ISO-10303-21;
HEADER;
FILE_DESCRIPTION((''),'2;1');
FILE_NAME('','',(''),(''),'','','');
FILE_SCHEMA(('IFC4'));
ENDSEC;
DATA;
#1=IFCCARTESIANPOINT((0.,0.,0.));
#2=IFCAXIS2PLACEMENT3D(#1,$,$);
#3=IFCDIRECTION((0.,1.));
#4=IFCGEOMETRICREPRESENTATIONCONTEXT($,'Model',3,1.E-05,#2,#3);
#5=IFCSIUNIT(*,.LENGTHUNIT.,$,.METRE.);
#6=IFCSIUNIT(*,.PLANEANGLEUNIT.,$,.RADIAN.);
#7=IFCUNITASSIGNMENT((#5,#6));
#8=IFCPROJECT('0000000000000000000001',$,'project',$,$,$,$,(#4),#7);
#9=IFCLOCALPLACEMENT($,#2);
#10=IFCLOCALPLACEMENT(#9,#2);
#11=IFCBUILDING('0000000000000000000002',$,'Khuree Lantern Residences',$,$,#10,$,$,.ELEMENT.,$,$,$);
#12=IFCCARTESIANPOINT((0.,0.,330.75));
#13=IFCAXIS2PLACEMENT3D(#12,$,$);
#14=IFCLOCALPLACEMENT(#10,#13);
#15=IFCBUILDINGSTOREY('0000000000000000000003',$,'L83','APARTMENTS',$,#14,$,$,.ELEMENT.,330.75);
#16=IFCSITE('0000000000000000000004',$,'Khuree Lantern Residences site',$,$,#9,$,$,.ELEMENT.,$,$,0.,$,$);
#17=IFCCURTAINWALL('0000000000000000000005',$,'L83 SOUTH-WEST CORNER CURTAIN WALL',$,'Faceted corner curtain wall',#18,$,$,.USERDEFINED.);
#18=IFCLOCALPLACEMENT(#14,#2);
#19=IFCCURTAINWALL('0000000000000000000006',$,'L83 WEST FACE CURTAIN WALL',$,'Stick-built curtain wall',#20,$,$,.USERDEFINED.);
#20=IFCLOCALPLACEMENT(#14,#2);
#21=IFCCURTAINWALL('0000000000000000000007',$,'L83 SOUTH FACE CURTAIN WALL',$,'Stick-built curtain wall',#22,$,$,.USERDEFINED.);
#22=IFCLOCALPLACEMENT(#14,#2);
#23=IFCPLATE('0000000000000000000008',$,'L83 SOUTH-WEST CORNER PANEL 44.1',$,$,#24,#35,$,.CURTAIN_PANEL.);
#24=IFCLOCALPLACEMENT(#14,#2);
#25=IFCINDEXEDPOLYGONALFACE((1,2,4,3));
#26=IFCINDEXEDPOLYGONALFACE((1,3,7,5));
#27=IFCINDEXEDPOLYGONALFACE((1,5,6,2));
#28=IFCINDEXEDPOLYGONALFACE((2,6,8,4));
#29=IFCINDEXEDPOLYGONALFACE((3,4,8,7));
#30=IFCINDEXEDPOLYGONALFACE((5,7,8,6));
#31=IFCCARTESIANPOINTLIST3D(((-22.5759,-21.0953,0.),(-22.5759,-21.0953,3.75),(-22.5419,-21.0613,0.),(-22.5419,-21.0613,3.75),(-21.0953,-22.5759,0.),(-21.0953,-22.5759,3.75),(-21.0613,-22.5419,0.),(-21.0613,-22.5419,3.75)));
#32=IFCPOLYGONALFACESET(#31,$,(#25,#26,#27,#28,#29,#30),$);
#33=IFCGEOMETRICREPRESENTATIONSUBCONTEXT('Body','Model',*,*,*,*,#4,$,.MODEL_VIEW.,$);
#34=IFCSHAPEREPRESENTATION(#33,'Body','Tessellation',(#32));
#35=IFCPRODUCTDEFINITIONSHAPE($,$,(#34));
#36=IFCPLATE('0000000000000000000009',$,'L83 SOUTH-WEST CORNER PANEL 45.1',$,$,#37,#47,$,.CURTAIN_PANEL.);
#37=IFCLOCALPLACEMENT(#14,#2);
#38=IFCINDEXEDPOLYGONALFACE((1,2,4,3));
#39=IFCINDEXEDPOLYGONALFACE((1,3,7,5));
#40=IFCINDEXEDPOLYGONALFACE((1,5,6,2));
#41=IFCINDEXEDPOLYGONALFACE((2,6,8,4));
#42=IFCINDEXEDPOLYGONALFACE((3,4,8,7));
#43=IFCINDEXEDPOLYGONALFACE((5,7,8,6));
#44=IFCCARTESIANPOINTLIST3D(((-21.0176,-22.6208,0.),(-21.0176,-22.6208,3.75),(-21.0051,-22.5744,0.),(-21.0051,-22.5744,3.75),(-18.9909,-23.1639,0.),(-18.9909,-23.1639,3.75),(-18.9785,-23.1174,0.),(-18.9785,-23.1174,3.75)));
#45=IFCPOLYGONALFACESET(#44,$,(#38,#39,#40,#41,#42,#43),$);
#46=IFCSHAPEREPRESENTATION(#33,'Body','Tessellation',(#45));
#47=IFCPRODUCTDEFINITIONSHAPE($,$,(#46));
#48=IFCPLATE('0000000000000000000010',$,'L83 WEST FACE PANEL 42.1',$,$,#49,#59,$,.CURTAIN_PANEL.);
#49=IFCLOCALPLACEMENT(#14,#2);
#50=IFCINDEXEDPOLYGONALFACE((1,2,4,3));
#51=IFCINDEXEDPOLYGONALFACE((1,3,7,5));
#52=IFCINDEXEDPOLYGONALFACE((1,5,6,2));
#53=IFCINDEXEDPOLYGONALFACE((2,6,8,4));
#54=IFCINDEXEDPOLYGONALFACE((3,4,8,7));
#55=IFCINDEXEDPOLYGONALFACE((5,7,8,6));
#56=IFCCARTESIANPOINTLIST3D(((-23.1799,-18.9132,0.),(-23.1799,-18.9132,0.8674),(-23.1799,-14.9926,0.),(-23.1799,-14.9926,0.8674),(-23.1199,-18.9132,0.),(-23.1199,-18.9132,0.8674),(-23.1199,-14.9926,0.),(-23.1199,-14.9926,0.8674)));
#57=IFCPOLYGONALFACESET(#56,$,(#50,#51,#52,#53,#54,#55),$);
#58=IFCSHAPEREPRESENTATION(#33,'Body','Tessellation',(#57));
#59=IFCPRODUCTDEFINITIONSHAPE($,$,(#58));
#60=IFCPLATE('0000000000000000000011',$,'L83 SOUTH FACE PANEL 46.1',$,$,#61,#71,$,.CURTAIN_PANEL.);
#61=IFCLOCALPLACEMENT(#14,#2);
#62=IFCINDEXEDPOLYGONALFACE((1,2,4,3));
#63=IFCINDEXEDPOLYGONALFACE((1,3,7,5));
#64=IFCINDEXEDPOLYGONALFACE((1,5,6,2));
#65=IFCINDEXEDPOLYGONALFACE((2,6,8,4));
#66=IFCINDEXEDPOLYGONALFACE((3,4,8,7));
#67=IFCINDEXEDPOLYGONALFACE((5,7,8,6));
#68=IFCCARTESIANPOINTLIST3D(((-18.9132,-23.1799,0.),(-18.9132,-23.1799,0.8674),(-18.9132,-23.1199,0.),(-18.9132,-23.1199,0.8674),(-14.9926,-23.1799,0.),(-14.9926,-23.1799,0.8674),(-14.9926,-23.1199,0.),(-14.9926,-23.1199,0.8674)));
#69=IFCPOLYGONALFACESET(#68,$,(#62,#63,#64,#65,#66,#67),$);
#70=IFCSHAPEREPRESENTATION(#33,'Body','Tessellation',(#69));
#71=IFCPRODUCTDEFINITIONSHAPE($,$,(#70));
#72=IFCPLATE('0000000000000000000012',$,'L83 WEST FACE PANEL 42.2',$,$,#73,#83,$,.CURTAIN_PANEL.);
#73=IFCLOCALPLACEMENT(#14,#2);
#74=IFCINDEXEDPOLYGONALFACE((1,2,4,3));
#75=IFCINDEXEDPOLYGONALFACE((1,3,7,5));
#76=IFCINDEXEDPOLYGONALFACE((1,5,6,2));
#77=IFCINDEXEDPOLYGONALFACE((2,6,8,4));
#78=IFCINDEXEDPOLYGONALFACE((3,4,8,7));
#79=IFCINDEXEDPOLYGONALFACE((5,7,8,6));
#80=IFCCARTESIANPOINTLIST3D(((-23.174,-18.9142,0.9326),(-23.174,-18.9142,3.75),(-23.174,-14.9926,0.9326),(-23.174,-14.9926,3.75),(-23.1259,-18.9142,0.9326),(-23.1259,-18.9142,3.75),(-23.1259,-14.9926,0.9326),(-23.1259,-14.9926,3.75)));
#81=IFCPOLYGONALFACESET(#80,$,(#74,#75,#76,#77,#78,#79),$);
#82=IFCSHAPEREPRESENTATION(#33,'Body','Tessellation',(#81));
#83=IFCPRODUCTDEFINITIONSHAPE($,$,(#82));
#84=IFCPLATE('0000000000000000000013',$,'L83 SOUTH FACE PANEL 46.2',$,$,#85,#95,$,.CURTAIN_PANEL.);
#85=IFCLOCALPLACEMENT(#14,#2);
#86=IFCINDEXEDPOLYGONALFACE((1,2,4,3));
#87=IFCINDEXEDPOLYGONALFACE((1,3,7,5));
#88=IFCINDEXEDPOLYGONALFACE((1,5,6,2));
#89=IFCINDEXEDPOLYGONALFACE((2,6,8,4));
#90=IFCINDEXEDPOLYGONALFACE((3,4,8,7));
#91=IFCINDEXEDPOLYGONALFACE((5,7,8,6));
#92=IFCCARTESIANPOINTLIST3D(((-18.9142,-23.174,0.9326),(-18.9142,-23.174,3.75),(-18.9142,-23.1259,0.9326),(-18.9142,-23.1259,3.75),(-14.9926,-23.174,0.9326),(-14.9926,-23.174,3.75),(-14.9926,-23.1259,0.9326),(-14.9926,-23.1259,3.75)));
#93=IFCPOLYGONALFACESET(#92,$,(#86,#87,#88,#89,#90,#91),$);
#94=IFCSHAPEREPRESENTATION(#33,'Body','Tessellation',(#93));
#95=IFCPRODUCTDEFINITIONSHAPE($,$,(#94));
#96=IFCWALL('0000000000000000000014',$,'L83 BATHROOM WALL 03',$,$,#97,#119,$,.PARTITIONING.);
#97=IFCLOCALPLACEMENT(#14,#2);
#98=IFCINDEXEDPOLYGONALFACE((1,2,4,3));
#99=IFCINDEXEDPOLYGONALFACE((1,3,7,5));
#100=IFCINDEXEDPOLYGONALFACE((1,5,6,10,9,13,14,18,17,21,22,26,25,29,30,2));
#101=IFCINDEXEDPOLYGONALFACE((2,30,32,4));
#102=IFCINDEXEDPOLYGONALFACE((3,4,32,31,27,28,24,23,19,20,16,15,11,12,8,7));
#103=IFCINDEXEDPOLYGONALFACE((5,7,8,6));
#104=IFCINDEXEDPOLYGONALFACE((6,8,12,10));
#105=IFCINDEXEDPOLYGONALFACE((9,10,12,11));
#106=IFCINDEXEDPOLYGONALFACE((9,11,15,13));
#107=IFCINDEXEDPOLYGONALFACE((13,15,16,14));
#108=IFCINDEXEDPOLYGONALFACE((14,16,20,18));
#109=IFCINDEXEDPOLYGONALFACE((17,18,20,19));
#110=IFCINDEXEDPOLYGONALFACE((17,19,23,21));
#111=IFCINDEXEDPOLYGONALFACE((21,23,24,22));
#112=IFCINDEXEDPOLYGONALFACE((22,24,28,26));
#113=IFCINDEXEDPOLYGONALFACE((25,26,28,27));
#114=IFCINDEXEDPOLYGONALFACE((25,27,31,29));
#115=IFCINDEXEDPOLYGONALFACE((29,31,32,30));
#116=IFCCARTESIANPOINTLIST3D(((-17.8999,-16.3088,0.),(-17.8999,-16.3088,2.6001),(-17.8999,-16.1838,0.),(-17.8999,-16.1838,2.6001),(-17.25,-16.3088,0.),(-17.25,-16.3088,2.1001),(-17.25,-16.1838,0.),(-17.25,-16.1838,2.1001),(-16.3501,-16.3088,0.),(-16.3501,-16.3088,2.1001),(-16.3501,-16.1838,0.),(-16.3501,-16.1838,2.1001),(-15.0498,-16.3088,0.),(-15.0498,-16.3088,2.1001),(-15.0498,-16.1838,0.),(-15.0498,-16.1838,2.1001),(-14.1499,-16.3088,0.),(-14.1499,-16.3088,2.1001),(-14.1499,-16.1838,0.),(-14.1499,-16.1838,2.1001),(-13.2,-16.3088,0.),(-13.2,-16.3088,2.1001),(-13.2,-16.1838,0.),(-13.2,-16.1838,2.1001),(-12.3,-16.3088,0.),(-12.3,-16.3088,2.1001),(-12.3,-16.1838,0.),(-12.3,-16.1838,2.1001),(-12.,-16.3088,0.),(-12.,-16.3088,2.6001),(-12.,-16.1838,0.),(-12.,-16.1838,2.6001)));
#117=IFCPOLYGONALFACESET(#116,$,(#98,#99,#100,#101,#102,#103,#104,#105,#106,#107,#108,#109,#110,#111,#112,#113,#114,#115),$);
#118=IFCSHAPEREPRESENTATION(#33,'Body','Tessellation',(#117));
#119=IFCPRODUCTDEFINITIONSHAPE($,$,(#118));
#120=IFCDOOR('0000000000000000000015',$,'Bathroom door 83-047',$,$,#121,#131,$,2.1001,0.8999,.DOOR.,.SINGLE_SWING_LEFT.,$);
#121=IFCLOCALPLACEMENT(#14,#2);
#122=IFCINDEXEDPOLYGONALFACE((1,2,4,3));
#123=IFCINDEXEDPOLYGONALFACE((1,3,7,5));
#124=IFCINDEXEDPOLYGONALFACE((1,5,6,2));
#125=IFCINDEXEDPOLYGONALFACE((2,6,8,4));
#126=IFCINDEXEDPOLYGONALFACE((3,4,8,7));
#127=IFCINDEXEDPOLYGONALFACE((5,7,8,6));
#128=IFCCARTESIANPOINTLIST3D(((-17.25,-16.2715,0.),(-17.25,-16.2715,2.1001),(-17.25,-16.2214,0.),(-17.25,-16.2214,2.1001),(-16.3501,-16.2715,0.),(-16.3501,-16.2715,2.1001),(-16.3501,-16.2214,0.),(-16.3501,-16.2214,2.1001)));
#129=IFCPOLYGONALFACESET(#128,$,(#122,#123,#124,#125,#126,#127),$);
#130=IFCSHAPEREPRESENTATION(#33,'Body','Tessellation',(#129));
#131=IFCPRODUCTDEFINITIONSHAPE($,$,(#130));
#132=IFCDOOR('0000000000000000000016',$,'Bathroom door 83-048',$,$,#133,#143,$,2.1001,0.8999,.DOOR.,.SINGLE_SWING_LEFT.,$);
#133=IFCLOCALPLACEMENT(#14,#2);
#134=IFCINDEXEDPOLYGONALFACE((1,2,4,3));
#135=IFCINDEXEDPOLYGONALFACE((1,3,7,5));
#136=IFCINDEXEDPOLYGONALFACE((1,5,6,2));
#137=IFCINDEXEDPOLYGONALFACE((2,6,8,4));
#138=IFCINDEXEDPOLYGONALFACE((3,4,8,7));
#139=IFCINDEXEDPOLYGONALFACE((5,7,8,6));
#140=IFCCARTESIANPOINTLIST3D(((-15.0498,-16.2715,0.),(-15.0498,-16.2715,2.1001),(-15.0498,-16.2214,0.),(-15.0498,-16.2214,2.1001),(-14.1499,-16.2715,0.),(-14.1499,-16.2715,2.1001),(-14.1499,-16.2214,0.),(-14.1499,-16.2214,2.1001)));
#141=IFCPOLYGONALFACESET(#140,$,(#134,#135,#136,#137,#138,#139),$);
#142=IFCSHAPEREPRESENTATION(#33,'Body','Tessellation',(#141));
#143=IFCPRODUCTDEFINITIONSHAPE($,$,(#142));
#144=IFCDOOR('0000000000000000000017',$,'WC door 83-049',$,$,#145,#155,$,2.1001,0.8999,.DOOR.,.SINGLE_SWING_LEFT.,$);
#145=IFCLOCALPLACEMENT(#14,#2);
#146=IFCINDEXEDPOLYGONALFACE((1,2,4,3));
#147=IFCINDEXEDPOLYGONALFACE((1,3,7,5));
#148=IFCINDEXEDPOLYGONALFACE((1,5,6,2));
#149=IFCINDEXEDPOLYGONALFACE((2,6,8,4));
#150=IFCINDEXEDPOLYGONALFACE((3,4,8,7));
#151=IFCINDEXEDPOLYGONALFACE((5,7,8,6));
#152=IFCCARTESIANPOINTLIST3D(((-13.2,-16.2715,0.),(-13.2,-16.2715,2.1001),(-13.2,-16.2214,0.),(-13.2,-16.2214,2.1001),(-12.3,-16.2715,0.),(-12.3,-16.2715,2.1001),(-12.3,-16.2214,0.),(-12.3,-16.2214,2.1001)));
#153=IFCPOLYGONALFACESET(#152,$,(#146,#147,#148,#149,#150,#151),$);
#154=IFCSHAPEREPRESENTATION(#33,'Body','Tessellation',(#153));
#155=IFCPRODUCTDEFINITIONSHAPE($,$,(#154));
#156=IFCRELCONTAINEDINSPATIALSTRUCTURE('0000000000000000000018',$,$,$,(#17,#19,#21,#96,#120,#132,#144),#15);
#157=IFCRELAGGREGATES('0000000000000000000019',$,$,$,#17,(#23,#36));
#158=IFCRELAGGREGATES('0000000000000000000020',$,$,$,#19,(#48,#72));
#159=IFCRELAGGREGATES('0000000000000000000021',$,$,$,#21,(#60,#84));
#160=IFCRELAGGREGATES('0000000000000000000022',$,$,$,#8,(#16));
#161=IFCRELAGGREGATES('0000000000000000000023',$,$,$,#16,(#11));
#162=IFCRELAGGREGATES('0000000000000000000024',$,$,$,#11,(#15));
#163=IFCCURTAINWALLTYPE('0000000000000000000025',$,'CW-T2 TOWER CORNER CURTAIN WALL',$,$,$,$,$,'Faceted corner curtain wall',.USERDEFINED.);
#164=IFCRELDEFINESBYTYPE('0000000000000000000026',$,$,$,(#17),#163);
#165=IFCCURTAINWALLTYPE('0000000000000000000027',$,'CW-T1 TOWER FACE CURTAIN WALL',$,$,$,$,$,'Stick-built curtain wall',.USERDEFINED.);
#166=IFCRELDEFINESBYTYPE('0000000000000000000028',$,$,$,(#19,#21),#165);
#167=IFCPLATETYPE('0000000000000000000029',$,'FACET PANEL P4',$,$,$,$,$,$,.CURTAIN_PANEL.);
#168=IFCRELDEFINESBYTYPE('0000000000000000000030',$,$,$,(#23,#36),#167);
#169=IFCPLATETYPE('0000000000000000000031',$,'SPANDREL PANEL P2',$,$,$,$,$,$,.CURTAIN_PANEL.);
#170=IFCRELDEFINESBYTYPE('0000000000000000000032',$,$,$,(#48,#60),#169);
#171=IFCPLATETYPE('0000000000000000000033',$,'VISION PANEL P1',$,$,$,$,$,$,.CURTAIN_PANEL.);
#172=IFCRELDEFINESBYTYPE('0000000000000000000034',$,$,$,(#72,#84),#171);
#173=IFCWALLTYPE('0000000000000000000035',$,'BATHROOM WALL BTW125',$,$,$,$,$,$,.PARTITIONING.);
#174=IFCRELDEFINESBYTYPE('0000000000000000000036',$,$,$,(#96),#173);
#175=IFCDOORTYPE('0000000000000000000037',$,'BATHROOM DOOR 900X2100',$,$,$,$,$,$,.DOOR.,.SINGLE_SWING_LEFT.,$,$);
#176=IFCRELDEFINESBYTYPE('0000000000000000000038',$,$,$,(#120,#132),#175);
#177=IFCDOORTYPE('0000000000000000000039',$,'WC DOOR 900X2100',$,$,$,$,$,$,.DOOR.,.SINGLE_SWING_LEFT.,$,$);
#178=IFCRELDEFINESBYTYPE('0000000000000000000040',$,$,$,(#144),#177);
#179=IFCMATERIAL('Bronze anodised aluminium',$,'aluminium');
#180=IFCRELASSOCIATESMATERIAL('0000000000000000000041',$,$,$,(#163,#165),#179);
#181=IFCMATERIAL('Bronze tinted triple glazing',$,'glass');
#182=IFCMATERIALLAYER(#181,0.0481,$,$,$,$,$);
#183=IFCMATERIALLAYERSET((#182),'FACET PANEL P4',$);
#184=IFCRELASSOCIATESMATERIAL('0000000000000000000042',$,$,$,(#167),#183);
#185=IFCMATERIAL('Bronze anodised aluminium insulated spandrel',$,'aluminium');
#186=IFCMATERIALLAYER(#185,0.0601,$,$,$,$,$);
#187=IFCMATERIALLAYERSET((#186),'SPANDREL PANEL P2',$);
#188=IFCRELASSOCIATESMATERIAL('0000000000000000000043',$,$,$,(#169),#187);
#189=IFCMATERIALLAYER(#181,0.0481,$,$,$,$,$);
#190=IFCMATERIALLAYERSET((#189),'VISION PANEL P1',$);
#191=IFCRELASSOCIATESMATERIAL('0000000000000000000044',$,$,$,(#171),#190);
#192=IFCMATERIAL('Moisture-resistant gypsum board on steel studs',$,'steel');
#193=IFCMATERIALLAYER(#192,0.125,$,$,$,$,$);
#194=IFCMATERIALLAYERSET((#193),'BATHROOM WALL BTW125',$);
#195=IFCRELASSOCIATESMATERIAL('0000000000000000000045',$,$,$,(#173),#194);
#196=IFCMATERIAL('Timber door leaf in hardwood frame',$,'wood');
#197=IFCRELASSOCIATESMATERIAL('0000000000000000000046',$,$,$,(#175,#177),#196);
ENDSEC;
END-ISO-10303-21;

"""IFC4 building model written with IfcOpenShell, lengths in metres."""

from ifc_helpers import new_model, si_unit, direction, frame, frame_2d, origin, origin_2d, place, context, subcontext, project, spatial, rectangle, extrude, material, layer, layer_set, type_object, element, fill, aggregate, save


model = new_model("IFC4")

# Units and contexts
model_context = context("Model", 3, precision=1e-05, world=origin(), true_north=direction((0.0, 1.0)))
body_context = subcontext(model_context, "Body", "Model", "MODEL_VIEW")
ifc_project = project(units=[si_unit("LENGTHUNIT", "METRE"), si_unit("PLANEANGLEUNIT", "RADIAN")], contexts=[model_context])

# Site, building, storey
site_placement = place(None, origin())
site = spatial("IfcSite", under=ifc_project, at=site_placement, Name="Khuree Lantern Residences site", CompositionType="ELEMENT", RefElevation=0.0)
building_placement = place(site_placement, origin())
building = spatial("IfcBuilding", under=site, at=building_placement, Name="Khuree Lantern Residences", CompositionType="ELEMENT")
storey_placement = place(building_placement, frame((0.0, 0.0, 330.75)))
storey = spatial("IfcBuildingStorey", under=building, at=storey_placement, Name="L83", Description="APARTMENTS", CompositionType="ELEMENT", Elevation=330.75)

# Curtain wall
ifc_material_1 = material(Name="Bronze anodised aluminium", Category="aluminium")
curtain_wall_type_1 = type_object("IfcCurtainWallType", Name="CW-T2 TOWER CORNER CURTAIN WALL", ElementType="Faceted corner curtain wall", PredefinedType="USERDEFINED", material=ifc_material_1)
curtain_wall_1_placement = place(storey_placement, origin())
curtain_wall_1 = element("IfcCurtainWall", 1, at=curtain_wall_1_placement, inside=storey, type_object=curtain_wall_type_1, Name="L83 SOUTH-WEST CORNER CURTAIN WALL", ObjectType="Faceted corner curtain wall", PredefinedType="USERDEFINED")

# Curtain wall
curtain_wall_type_2 = type_object("IfcCurtainWallType", Name="CW-T1 TOWER FACE CURTAIN WALL", ElementType="Stick-built curtain wall", PredefinedType="USERDEFINED", material=ifc_material_1)
curtain_wall_2_placement = place(storey_placement, origin())
curtain_wall_2 = element("IfcCurtainWall", 2, at=curtain_wall_2_placement, inside=storey, type_object=curtain_wall_type_2, Name="L83 WEST FACE CURTAIN WALL", ObjectType="Stick-built curtain wall", PredefinedType="USERDEFINED")

# Curtain wall
curtain_wall_3_placement = place(storey_placement, origin())
curtain_wall_3 = element("IfcCurtainWall", 3, at=curtain_wall_3_placement, inside=storey, type_object=curtain_wall_type_2, Name="L83 SOUTH FACE CURTAIN WALL", ObjectType="Stick-built curtain wall", PredefinedType="USERDEFINED")

# Plates
ifc_material_2 = material(Name="Bronze tinted triple glazing", Category="glass")
ifc_layer_1 = layer(ifc_material_2, 0.0481)
ifc_layer_set_1 = layer_set([ifc_layer_1], Name="FACET PANEL P4")
plate_type_1 = type_object("IfcPlateType", Name="FACET PANEL P4", PredefinedType="CURTAIN_PANEL", material=ifc_layer_set_1)
plate_1_placement = place(storey_placement, frame((-21.8186, -21.8186, 0.0), z_axis=(0.0, 0.0, 1.0), x_axis=(0.707107, -0.707107, 0.0)))
plate_1 = element("IfcPlate", 4, at=plate_1_placement, type_object=plate_type_1, Name="L83 SOUTH-WEST CORNER PANEL 44.1", PredefinedType="CURTAIN_PANEL", context=body_context, shape_type="SweptSolid", body=[
    extrude(rectangle(XDim=2.094, YDim=0.0481, at=origin_2d()), origin(), (0.0, 0.0, 1.0), 3.75),
])
plate_2_placement = place(storey_placement, frame((-19.998, -22.8691, 0.0), z_axis=(0.0, 0.0, 1.0), x_axis=(0.965926, -0.258819, 0.0)))
plate_2 = element("IfcPlate", 5, at=plate_2_placement, type_object=plate_type_1, Name="L83 SOUTH-WEST CORNER PANEL 45.1", PredefinedType="CURTAIN_PANEL", context=body_context, shape_type="SweptSolid", body=[
    extrude(rectangle(XDim=2.0981, YDim=0.0481, at=origin_2d()), origin(), (0.0, 0.0, 1.0), 3.75),
])
aggregate(curtain_wall_1, [plate_1, plate_2])
ifc_material_3 = material(Name="Bronze anodised aluminium insulated spandrel", Category="aluminium")
ifc_layer_2 = layer(ifc_material_3, 0.0601)
ifc_layer_set_2 = layer_set([ifc_layer_2], Name="SPANDREL PANEL P2")
plate_type_2 = type_object("IfcPlateType", Name="SPANDREL PANEL P2", PredefinedType="CURTAIN_PANEL", material=ifc_layer_set_2)
plate_3_placement = place(storey_placement, frame((-23.1499, -16.9529, 0.0), z_axis=(0.0, 0.0, 1.0), x_axis=(0.0, -1.0, 0.0)))
plate_3 = element("IfcPlate", 6, at=plate_3_placement, type_object=plate_type_2, Name="L83 WEST FACE PANEL 42.1", PredefinedType="CURTAIN_PANEL", context=body_context, shape_type="SweptSolid", body=[
    extrude(rectangle(XDim=3.9207, YDim=0.0601, at=origin_2d()), origin(), (0.0, 0.0, 1.0), 0.8674),
])
plate_4_placement = place(storey_placement, frame((-16.9529, -23.1499, 0.0), z_axis=(0.0, 0.0, 1.0), x_axis=(1.0, 0.0, 0.0)))
plate_4 = element("IfcPlate", 7, at=plate_4_placement, type_object=plate_type_2, Name="L83 SOUTH FACE PANEL 46.1", PredefinedType="CURTAIN_PANEL", context=body_context, shape_type="SweptSolid", body=[
    extrude(rectangle(XDim=3.9207, YDim=0.0601, at=origin_2d()), origin(), (0.0, 0.0, 1.0), 0.8674),
])
ifc_layer_3 = layer(ifc_material_2, 0.0481)
ifc_layer_set_3 = layer_set([ifc_layer_3], Name="VISION PANEL P1")
plate_type_3 = type_object("IfcPlateType", Name="VISION PANEL P1", PredefinedType="CURTAIN_PANEL", material=ifc_layer_set_3)
plate_5_placement = place(storey_placement, frame((-23.1499, -16.9534, 0.9326), z_axis=(0.0, 0.0, 1.0), x_axis=(0.0, -1.0, 0.0)))
plate_5 = element("IfcPlate", 8, at=plate_5_placement, type_object=plate_type_3, Name="L83 WEST FACE PANEL 42.2", PredefinedType="CURTAIN_PANEL", context=body_context, shape_type="SweptSolid", body=[
    extrude(rectangle(XDim=3.9216, YDim=0.0481, at=origin_2d()), origin(), (0.0, 0.0, 1.0), 2.8174),
])
aggregate(curtain_wall_2, [plate_3, plate_5])
plate_6_placement = place(storey_placement, frame((-16.9534, -23.1499, 0.9326), z_axis=(0.0, 0.0, 1.0), x_axis=(1.0, 0.0, 0.0)))
plate_6 = element("IfcPlate", 9, at=plate_6_placement, type_object=plate_type_3, Name="L83 SOUTH FACE PANEL 46.2", PredefinedType="CURTAIN_PANEL", context=body_context, shape_type="SweptSolid", body=[
    extrude(rectangle(XDim=3.9216, YDim=0.0481, at=origin_2d()), origin(), (0.0, 0.0, 1.0), 2.8174),
])
aggregate(curtain_wall_3, [plate_4, plate_6])

# Wall, openings, doors
ifc_material_4 = material(Name="Moisture-resistant gypsum board on steel studs", Category="steel")
ifc_layer_4 = layer(ifc_material_4, 0.125)
ifc_layer_set_4 = layer_set([ifc_layer_4], Name="BATHROOM WALL BTW125")
wall_type = type_object("IfcWallType", Name="BATHROOM WALL BTW125", PredefinedType="PARTITIONING", material=ifc_layer_set_4)
wall_placement = place(storey_placement, frame((-17.8999, -16.2463, 0.0), z_axis=(0.0, 0.0, 1.0), x_axis=(1.0, 0.0, 0.0)))
wall = element("IfcWall", 10, at=wall_placement, inside=storey, type_object=wall_type, Name="L83 BATHROOM WALL 03", PredefinedType="PARTITIONING", context=body_context, shape_type="SweptSolid", body=[
    extrude(rectangle(XDim=5.8999, YDim=0.125, at=frame_2d((2.95, 0.0))), origin(), (0.0, 0.0, 1.0), 2.6001),
])
opening_1_placement = place(wall_placement, frame((0.6499, 0.0, 0.0)))
opening_1 = element("IfcOpeningElement", 11, at=opening_1_placement, cuts=wall, PredefinedType="OPENING", context=body_context, shape_type="SweptSolid", body=[
    extrude(rectangle(XDim=0.8999, YDim=2.1001, at=frame_2d((0.45, 1.05))), frame((0.0, 0.0725, 0.0), z_axis=(0.0, -1.0, 0.0), x_axis=(1.0, 0.0, 0.0)), (0.0, 0.0, 1.0), 0.145),
])
opening_2_placement = place(wall_placement, frame((2.8501, 0.0, 0.0)))
opening_2 = element("IfcOpeningElement", 12, at=opening_2_placement, cuts=wall, PredefinedType="OPENING", context=body_context, shape_type="SweptSolid", body=[
    extrude(rectangle(XDim=0.8999, YDim=2.1001, at=frame_2d((0.45, 1.05))), frame((0.0, 0.0725, 0.0), z_axis=(0.0, -1.0, 0.0), x_axis=(1.0, 0.0, 0.0)), (0.0, 0.0, 1.0), 0.145),
])
opening_3_placement = place(wall_placement, frame((4.7, 0.0, 0.0)))
opening_3 = element("IfcOpeningElement", 13, at=opening_3_placement, cuts=wall, PredefinedType="OPENING", context=body_context, shape_type="SweptSolid", body=[
    extrude(rectangle(XDim=0.8999, YDim=2.1001, at=frame_2d((0.45, 1.05))), frame((0.0, 0.0725, 0.0), z_axis=(0.0, -1.0, 0.0), x_axis=(1.0, 0.0, 0.0)), (0.0, 0.0, 1.0), 0.145),
])
ifc_material_5 = material(Name="Timber door leaf in hardwood frame", Category="wood")
door_type_1 = type_object("IfcDoorType", Name="BATHROOM DOOR 900X2100", OperationType="SINGLE_SWING_LEFT", PredefinedType="DOOR", material=ifc_material_5)
door_1_placement = place(opening_1_placement, origin())
door_1 = element("IfcDoor", 14, at=door_1_placement, inside=storey, type_object=door_type_1, Name="Bathroom door 83-047", OperationType="SINGLE_SWING_LEFT", OverallHeight=2.1001, OverallWidth=0.8999, PredefinedType="DOOR", context=body_context, shape_type="SweptSolid", body=[
    extrude(rectangle(XDim=0.8999, YDim=2.1001, at=frame_2d((0.45, 1.05))), frame((0.0, 0.0249, 0.0), z_axis=(0.0, -1.0, 0.0), x_axis=(1.0, 0.0, 0.0)), (0.0, 0.0, 1.0), 0.05),
])
fill(opening_1, door_1)
door_2_placement = place(opening_2_placement, origin())
door_2 = element("IfcDoor", 15, at=door_2_placement, inside=storey, type_object=door_type_1, Name="Bathroom door 83-048", OperationType="SINGLE_SWING_LEFT", OverallHeight=2.1001, OverallWidth=0.8999, PredefinedType="DOOR", context=body_context, shape_type="SweptSolid", body=[
    extrude(rectangle(XDim=0.8999, YDim=2.1001, at=frame_2d((0.45, 1.05))), frame((0.0, 0.0249, 0.0), z_axis=(0.0, -1.0, 0.0), x_axis=(1.0, 0.0, 0.0)), (0.0, 0.0, 1.0), 0.05),
])
fill(opening_2, door_2)
door_type_2 = type_object("IfcDoorType", Name="WC DOOR 900X2100", OperationType="SINGLE_SWING_LEFT", PredefinedType="DOOR", material=ifc_material_5)
door_3_placement = place(opening_3_placement, origin())
door_3 = element("IfcDoor", 16, at=door_3_placement, inside=storey, type_object=door_type_2, Name="WC door 83-049", OperationType="SINGLE_SWING_LEFT", OverallHeight=2.1001, OverallWidth=0.8999, PredefinedType="DOOR", context=body_context, shape_type="SweptSolid", body=[
    extrude(rectangle(XDim=0.8999, YDim=2.1001, at=frame_2d((0.45, 1.05))), frame((0.0, 0.0249, 0.0), z_axis=(0.0, -1.0, 0.0), x_axis=(1.0, 0.0, 0.0)), (0.0, 0.0, 1.0), 0.05),
])
fill(opening_3, door_3)

save(model, "model.ifc")
